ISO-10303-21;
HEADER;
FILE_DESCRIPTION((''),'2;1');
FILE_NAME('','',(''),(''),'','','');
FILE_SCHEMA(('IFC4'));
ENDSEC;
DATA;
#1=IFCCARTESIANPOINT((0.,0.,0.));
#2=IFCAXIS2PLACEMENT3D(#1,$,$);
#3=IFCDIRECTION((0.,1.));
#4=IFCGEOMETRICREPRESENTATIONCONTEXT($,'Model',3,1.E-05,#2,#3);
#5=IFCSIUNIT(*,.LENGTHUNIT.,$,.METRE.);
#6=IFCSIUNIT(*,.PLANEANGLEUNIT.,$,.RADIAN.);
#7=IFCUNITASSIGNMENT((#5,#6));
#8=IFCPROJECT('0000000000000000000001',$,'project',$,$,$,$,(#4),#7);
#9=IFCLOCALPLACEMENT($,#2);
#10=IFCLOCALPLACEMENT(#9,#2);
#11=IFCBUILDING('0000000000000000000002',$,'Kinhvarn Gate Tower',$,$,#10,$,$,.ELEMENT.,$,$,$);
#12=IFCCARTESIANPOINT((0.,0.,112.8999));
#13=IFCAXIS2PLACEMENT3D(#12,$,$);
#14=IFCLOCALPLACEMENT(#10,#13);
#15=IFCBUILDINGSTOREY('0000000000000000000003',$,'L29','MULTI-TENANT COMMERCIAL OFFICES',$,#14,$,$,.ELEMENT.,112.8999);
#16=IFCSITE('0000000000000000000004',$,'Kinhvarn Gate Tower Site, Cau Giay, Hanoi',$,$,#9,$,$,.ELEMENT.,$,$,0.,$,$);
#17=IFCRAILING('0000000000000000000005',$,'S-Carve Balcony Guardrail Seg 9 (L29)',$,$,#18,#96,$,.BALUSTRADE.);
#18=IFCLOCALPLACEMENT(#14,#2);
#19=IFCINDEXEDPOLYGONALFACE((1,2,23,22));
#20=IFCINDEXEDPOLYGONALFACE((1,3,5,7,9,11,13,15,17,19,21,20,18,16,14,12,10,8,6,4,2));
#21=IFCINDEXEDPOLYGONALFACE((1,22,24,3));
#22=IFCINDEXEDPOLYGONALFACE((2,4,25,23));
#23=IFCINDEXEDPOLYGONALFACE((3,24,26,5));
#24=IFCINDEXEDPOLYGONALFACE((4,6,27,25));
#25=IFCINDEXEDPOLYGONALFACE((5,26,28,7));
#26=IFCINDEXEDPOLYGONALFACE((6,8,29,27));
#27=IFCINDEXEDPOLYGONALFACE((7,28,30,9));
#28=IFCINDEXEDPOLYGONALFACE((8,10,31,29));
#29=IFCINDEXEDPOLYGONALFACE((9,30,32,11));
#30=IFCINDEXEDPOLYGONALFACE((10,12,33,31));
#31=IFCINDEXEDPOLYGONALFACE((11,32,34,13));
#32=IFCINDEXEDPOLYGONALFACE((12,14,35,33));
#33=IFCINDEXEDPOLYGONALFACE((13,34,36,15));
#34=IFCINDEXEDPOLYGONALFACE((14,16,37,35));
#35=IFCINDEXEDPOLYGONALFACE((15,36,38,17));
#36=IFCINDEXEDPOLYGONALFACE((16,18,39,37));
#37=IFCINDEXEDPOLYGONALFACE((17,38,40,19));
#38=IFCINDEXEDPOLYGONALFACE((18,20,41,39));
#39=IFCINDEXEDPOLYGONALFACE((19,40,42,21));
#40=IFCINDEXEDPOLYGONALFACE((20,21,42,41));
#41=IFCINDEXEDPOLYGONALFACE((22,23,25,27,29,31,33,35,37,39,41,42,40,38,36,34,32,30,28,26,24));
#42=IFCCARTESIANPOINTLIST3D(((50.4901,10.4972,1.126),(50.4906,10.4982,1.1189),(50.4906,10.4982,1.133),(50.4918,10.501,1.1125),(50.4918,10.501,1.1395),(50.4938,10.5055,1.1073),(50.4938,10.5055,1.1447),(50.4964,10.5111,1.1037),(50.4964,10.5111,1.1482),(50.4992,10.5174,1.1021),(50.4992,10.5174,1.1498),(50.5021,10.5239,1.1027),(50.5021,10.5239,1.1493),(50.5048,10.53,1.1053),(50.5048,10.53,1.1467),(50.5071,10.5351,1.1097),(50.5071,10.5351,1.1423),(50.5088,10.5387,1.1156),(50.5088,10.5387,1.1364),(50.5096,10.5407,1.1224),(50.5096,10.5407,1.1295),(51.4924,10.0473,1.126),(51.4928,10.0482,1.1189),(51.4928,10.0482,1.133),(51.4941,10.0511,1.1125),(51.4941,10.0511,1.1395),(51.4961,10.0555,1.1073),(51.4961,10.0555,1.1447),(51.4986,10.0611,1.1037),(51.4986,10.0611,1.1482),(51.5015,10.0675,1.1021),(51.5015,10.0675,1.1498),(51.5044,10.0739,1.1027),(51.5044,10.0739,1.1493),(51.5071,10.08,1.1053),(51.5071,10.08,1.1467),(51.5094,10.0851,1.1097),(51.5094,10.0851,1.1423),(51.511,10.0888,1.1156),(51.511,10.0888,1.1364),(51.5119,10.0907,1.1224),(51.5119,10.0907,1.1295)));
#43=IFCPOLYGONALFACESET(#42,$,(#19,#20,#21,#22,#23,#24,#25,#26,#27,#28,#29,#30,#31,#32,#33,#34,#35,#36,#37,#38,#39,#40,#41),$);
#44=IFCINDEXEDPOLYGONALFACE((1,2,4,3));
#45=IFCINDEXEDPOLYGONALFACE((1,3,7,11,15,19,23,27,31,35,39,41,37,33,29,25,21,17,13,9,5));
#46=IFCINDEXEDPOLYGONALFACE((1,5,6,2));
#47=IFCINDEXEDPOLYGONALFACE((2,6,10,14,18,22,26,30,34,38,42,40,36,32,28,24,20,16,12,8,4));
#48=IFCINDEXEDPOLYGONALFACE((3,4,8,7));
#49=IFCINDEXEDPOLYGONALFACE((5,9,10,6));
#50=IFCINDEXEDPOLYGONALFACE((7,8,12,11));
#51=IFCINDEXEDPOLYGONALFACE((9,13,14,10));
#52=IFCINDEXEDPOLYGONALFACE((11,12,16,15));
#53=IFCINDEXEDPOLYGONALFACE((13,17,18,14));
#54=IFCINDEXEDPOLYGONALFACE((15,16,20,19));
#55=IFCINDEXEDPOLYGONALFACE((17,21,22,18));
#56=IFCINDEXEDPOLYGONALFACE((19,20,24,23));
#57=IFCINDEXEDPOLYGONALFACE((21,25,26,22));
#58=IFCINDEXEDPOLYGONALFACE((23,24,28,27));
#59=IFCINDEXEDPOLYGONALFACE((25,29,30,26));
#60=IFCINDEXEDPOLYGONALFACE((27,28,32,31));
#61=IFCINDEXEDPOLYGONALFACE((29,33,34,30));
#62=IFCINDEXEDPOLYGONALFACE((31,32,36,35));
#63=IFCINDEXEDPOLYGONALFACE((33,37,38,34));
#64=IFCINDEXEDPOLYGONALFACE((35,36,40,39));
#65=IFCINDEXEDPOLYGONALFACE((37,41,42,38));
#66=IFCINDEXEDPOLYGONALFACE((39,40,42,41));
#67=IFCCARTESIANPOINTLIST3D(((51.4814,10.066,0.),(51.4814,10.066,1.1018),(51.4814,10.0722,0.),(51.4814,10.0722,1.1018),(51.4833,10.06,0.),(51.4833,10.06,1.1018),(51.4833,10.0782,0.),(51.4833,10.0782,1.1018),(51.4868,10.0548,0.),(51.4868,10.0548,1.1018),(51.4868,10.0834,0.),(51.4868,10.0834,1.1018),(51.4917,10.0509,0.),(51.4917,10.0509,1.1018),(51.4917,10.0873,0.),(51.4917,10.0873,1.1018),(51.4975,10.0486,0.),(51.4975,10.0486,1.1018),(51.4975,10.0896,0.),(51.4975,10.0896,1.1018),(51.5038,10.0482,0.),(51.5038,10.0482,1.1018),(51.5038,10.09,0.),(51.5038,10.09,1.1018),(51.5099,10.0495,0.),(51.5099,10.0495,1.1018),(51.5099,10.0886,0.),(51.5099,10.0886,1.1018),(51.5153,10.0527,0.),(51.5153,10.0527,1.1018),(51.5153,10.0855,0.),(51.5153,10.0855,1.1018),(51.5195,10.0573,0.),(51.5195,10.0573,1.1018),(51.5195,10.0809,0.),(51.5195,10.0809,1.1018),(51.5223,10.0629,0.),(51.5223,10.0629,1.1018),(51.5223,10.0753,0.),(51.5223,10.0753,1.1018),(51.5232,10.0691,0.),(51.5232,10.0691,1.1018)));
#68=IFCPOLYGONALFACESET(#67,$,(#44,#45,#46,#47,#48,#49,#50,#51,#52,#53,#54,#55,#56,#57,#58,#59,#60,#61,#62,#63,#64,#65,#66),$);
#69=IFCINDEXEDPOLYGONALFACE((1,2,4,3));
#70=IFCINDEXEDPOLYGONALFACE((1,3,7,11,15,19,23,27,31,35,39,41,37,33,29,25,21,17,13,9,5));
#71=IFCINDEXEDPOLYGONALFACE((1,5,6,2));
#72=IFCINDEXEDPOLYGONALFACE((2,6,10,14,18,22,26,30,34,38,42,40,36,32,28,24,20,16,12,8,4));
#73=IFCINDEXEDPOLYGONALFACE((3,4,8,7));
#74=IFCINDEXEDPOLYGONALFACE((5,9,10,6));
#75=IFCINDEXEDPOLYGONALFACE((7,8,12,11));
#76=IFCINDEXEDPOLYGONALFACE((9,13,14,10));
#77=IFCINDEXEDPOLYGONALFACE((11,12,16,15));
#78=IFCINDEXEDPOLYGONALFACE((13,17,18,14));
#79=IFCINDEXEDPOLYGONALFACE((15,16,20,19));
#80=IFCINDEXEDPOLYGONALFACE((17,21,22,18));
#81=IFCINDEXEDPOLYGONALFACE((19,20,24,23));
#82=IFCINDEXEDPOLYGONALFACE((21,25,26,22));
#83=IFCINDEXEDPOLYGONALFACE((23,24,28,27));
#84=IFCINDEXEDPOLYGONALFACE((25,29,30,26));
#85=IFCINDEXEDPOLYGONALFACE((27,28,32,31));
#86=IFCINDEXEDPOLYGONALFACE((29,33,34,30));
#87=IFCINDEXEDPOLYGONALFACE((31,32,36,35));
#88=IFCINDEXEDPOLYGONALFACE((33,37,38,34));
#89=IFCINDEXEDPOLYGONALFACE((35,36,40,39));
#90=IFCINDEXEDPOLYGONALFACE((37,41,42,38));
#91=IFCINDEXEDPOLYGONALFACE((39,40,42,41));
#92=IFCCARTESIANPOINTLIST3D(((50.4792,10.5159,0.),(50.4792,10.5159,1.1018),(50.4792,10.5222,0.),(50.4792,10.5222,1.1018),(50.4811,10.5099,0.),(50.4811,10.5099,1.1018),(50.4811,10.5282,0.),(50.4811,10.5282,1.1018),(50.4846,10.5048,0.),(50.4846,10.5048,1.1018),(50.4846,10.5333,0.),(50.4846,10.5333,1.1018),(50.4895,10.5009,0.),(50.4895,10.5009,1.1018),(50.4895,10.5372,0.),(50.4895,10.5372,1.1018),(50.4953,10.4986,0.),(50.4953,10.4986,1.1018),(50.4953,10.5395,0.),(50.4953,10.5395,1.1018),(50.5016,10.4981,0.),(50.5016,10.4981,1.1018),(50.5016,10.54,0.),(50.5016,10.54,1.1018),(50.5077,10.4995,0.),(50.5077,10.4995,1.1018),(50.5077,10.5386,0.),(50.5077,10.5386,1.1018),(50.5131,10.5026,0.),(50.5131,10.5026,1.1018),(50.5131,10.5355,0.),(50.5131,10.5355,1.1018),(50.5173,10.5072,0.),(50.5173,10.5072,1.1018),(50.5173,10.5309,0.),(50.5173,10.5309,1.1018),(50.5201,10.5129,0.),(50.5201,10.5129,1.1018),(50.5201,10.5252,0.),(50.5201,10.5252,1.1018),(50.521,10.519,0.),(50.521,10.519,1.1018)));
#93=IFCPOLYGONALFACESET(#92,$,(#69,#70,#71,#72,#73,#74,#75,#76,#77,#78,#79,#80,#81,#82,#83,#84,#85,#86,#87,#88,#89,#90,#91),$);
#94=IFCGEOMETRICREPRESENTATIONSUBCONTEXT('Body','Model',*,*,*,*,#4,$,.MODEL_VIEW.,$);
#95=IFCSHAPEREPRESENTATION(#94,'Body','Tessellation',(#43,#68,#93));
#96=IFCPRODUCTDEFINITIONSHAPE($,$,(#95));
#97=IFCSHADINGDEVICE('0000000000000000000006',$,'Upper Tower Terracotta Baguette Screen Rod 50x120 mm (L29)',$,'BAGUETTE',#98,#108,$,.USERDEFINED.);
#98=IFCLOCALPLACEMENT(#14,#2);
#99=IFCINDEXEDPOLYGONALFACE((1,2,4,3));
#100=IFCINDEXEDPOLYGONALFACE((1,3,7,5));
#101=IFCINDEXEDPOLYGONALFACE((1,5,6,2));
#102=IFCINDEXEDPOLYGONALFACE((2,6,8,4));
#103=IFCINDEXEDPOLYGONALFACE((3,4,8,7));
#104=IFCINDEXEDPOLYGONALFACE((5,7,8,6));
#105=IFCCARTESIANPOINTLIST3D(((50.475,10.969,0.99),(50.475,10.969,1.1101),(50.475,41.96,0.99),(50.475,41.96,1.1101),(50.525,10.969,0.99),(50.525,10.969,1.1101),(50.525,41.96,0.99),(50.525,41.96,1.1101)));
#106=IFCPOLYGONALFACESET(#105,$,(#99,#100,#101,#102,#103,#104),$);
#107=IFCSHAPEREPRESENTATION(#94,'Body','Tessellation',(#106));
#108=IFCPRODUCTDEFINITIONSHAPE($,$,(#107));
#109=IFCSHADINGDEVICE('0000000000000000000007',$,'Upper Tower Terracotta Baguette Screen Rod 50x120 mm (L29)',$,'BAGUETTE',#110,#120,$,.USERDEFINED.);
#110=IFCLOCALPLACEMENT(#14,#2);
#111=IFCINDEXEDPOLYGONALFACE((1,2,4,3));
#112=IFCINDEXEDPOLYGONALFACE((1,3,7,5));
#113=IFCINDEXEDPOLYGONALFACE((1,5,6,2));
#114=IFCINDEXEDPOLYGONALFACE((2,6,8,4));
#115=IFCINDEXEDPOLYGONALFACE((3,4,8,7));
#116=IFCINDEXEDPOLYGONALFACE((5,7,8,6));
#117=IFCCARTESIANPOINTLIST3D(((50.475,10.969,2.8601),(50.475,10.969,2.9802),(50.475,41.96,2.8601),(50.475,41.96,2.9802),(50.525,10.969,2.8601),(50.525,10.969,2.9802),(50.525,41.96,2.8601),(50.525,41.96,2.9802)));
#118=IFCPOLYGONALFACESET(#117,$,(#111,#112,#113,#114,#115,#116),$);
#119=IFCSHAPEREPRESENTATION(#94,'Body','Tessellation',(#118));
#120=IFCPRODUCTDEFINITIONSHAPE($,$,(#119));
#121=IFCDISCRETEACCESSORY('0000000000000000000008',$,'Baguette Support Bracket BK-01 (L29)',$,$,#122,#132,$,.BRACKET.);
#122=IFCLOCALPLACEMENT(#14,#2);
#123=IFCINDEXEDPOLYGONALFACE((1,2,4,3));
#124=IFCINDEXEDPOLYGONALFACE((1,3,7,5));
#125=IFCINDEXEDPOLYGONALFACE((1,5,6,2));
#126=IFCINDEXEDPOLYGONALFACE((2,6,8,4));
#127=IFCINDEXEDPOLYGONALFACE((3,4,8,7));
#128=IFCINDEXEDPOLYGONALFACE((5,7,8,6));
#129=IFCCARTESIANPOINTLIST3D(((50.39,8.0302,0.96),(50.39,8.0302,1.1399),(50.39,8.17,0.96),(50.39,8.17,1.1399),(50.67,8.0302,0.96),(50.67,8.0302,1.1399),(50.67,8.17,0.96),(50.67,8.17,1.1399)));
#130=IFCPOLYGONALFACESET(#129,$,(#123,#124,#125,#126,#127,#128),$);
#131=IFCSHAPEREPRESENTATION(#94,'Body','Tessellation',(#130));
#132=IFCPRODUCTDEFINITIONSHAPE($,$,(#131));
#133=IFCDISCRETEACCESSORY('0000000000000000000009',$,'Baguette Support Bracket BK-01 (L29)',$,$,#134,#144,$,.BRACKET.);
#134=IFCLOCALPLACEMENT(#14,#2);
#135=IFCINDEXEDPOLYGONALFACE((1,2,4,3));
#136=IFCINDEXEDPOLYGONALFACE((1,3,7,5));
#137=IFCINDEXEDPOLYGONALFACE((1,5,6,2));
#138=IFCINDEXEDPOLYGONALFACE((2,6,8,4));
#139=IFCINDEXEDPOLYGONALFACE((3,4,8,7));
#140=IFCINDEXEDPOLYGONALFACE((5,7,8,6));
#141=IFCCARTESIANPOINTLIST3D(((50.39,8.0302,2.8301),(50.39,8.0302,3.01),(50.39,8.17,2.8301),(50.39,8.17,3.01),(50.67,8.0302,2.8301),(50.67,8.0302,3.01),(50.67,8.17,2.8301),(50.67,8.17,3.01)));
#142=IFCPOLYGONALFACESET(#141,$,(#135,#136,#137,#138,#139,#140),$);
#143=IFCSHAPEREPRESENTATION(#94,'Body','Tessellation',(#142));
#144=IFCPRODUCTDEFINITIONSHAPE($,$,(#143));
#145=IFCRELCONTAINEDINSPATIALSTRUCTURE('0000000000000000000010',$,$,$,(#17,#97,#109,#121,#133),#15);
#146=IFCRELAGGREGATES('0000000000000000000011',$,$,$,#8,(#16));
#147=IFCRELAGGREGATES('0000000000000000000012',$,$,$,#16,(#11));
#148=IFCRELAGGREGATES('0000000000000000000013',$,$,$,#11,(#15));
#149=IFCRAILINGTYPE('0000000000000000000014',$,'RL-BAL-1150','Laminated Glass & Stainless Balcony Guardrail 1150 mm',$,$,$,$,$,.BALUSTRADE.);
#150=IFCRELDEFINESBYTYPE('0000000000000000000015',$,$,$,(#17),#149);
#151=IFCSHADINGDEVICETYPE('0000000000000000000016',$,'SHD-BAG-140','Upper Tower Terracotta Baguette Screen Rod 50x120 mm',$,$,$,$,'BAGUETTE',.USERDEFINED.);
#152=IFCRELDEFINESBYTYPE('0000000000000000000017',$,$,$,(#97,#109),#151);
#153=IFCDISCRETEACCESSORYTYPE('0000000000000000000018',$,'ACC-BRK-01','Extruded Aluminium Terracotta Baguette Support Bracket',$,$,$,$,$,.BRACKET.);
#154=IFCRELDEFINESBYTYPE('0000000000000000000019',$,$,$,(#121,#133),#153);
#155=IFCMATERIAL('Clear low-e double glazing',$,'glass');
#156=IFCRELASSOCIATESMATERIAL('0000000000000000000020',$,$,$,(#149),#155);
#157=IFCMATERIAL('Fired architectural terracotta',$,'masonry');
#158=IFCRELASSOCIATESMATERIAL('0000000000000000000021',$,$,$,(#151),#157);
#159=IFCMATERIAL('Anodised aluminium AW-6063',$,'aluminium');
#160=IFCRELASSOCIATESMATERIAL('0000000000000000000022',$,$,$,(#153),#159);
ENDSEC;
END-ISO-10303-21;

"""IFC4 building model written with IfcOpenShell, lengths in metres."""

from ifc_helpers import new_model, si_unit, direction, frame, origin, origin_2d, place, context, subcontext, project, spatial, rectangle, circle, extrude, material, material_profile, profile_set, type_object, element, save


model = new_model("IFC4")

# Units and contexts
model_context = context("Model", 3, precision=1e-05, world=origin(), true_north=direction((0.0, 1.0)))
body_context = subcontext(model_context, "Body", "Model", "MODEL_VIEW")
ifc_project = project(units=[si_unit("LENGTHUNIT", "METRE"), si_unit("PLANEANGLEUNIT", "RADIAN")], contexts=[model_context])

# Site, building, storey
site_placement = place(None, origin())
site = spatial("IfcSite", under=ifc_project, at=site_placement, Name="Kinhvarn Gate Tower Site, Cau Giay, Hanoi", CompositionType="ELEMENT", RefElevation=0.0)
building_placement = place(site_placement, origin())
building = spatial("IfcBuilding", under=site, at=building_placement, Name="Kinhvarn Gate Tower", CompositionType="ELEMENT")
storey_placement = place(building_placement, frame((0.0, 0.0, 112.8999)))
storey = spatial("IfcBuildingStorey", under=building, at=storey_placement, Name="L29", Description="MULTI-TENANT COMMERCIAL OFFICES", CompositionType="ELEMENT", Elevation=112.8999)

# Shared definitions
ifc_material_1 = material(Name="Anodised aluminium AW-6063", Category="aluminium")

# Shared definitions
ifc_material_2 = material(Name="Clear low-e double glazing", Category="glass")

# Shared definitions
ifc_material_3 = material(Name="Fired architectural terracotta", Category="masonry")

# Railing
railing_type = type_object("IfcRailingType", Name="RL-BAL-1150", Description="Laminated Glass & Stainless Balcony Guardrail 1150 mm", PredefinedType="BALUSTRADE", material=ifc_material_2)
railing_placement = place(storey_placement, frame((51.5022, 10.0691, 0.0)))
element("IfcRailing", 1, at=railing_placement, inside=storey, type_object=railing_type, Name="S-Carve Balcony Guardrail Seg 9 (L29)", PredefinedType="BALUSTRADE", context=body_context, shape_type="SweptSolid", body=[
    extrude(circle(Radius=0.0239, at=origin_2d()), frame((0.0, 0.0, 1.126), z_axis=(-0.912275, 0.409579, 0.0), x_axis=(-0.409579, -0.912275, 0.0)), (0.0, 0.0, 1.0), 1.0986),
    extrude(circle(Radius=0.021, at=origin_2d()), origin(), (0.0, 0.0, 1.0), 1.1018),
    extrude(circle(Radius=0.021, at=origin_2d()), frame((-1.0022, 0.45, 0.0)), (0.0, 0.0, 1.0), 1.1018),
])

# Shading devices
ifc_material_profile_1 = material_profile(ifc_material_3, rectangle(XDim=0.05, YDim=0.1201, at=origin_2d()), Name="TC 50x120")
ifc_profile_set_1 = profile_set([ifc_material_profile_1], Name="Fired architectural terracotta")
shading_device_type = type_object("IfcShadingDeviceType", Name="SHD-BAG-140", Description="Upper Tower Terracotta Baguette Screen Rod 50x120 mm", ElementType="BAGUETTE", PredefinedType="USERDEFINED", material=ifc_profile_set_1)
for number, where, z_axis, x_axis, name in (
    (2, (50.5, 10.969, 1.05), (0.0, 1.0, 0.0), (-1.0, 0.0, 0.0), "Upper Tower Terracotta Baguette Screen Rod 50x120 mm (L29)"),
    (3, (50.5, 10.969, 2.9202), (0.0, 1.0, 0.0), (-1.0, 0.0, 0.0), "Upper Tower Terracotta Baguette Screen Rod 50x120 mm (L29)"),
):
    element("IfcShadingDevice", number, at=place(storey_placement, frame(where, z_axis=z_axis, x_axis=x_axis)), inside=storey, type_object=shading_device_type, Name=name, ObjectType="BAGUETTE", PredefinedType="USERDEFINED", context=body_context, shape_type="SweptSolid", body=[
        extrude(rectangle(XDim=0.05, YDim=0.1201, at=origin_2d()), origin(), (0.0, 0.0, 1.0), 30.991),
    ])

# Discrete accessories
discrete_accessory_type = type_object("IfcDiscreteAccessoryType", Name="ACC-BRK-01", Description="Extruded Aluminium Terracotta Baguette Support Bracket", PredefinedType="BRACKET", material=ifc_material_1)
for number, where, z_axis, x_axis, name in (
    (4, (50.53, 8.1001, 0.96), (0.0, 0.0, 1.0), (0.0, 1.0, 0.0), "Baguette Support Bracket BK-01 (L29)"),
    (5, (50.53, 8.1001, 2.8301), (0.0, 0.0, 1.0), (0.0, 1.0, 0.0), "Baguette Support Bracket BK-01 (L29)"),
):
    element("IfcDiscreteAccessory", number, at=place(storey_placement, frame(where, z_axis=z_axis, x_axis=x_axis)), inside=storey, type_object=discrete_accessory_type, Name=name, PredefinedType="BRACKET", context=body_context, shape_type="SweptSolid", body=[
        extrude(rectangle(XDim=0.1399, YDim=0.28, at=origin_2d()), origin(), (0.0, 0.0, 1.0), 0.1799),
    ])

save(model, "model.ifc")
